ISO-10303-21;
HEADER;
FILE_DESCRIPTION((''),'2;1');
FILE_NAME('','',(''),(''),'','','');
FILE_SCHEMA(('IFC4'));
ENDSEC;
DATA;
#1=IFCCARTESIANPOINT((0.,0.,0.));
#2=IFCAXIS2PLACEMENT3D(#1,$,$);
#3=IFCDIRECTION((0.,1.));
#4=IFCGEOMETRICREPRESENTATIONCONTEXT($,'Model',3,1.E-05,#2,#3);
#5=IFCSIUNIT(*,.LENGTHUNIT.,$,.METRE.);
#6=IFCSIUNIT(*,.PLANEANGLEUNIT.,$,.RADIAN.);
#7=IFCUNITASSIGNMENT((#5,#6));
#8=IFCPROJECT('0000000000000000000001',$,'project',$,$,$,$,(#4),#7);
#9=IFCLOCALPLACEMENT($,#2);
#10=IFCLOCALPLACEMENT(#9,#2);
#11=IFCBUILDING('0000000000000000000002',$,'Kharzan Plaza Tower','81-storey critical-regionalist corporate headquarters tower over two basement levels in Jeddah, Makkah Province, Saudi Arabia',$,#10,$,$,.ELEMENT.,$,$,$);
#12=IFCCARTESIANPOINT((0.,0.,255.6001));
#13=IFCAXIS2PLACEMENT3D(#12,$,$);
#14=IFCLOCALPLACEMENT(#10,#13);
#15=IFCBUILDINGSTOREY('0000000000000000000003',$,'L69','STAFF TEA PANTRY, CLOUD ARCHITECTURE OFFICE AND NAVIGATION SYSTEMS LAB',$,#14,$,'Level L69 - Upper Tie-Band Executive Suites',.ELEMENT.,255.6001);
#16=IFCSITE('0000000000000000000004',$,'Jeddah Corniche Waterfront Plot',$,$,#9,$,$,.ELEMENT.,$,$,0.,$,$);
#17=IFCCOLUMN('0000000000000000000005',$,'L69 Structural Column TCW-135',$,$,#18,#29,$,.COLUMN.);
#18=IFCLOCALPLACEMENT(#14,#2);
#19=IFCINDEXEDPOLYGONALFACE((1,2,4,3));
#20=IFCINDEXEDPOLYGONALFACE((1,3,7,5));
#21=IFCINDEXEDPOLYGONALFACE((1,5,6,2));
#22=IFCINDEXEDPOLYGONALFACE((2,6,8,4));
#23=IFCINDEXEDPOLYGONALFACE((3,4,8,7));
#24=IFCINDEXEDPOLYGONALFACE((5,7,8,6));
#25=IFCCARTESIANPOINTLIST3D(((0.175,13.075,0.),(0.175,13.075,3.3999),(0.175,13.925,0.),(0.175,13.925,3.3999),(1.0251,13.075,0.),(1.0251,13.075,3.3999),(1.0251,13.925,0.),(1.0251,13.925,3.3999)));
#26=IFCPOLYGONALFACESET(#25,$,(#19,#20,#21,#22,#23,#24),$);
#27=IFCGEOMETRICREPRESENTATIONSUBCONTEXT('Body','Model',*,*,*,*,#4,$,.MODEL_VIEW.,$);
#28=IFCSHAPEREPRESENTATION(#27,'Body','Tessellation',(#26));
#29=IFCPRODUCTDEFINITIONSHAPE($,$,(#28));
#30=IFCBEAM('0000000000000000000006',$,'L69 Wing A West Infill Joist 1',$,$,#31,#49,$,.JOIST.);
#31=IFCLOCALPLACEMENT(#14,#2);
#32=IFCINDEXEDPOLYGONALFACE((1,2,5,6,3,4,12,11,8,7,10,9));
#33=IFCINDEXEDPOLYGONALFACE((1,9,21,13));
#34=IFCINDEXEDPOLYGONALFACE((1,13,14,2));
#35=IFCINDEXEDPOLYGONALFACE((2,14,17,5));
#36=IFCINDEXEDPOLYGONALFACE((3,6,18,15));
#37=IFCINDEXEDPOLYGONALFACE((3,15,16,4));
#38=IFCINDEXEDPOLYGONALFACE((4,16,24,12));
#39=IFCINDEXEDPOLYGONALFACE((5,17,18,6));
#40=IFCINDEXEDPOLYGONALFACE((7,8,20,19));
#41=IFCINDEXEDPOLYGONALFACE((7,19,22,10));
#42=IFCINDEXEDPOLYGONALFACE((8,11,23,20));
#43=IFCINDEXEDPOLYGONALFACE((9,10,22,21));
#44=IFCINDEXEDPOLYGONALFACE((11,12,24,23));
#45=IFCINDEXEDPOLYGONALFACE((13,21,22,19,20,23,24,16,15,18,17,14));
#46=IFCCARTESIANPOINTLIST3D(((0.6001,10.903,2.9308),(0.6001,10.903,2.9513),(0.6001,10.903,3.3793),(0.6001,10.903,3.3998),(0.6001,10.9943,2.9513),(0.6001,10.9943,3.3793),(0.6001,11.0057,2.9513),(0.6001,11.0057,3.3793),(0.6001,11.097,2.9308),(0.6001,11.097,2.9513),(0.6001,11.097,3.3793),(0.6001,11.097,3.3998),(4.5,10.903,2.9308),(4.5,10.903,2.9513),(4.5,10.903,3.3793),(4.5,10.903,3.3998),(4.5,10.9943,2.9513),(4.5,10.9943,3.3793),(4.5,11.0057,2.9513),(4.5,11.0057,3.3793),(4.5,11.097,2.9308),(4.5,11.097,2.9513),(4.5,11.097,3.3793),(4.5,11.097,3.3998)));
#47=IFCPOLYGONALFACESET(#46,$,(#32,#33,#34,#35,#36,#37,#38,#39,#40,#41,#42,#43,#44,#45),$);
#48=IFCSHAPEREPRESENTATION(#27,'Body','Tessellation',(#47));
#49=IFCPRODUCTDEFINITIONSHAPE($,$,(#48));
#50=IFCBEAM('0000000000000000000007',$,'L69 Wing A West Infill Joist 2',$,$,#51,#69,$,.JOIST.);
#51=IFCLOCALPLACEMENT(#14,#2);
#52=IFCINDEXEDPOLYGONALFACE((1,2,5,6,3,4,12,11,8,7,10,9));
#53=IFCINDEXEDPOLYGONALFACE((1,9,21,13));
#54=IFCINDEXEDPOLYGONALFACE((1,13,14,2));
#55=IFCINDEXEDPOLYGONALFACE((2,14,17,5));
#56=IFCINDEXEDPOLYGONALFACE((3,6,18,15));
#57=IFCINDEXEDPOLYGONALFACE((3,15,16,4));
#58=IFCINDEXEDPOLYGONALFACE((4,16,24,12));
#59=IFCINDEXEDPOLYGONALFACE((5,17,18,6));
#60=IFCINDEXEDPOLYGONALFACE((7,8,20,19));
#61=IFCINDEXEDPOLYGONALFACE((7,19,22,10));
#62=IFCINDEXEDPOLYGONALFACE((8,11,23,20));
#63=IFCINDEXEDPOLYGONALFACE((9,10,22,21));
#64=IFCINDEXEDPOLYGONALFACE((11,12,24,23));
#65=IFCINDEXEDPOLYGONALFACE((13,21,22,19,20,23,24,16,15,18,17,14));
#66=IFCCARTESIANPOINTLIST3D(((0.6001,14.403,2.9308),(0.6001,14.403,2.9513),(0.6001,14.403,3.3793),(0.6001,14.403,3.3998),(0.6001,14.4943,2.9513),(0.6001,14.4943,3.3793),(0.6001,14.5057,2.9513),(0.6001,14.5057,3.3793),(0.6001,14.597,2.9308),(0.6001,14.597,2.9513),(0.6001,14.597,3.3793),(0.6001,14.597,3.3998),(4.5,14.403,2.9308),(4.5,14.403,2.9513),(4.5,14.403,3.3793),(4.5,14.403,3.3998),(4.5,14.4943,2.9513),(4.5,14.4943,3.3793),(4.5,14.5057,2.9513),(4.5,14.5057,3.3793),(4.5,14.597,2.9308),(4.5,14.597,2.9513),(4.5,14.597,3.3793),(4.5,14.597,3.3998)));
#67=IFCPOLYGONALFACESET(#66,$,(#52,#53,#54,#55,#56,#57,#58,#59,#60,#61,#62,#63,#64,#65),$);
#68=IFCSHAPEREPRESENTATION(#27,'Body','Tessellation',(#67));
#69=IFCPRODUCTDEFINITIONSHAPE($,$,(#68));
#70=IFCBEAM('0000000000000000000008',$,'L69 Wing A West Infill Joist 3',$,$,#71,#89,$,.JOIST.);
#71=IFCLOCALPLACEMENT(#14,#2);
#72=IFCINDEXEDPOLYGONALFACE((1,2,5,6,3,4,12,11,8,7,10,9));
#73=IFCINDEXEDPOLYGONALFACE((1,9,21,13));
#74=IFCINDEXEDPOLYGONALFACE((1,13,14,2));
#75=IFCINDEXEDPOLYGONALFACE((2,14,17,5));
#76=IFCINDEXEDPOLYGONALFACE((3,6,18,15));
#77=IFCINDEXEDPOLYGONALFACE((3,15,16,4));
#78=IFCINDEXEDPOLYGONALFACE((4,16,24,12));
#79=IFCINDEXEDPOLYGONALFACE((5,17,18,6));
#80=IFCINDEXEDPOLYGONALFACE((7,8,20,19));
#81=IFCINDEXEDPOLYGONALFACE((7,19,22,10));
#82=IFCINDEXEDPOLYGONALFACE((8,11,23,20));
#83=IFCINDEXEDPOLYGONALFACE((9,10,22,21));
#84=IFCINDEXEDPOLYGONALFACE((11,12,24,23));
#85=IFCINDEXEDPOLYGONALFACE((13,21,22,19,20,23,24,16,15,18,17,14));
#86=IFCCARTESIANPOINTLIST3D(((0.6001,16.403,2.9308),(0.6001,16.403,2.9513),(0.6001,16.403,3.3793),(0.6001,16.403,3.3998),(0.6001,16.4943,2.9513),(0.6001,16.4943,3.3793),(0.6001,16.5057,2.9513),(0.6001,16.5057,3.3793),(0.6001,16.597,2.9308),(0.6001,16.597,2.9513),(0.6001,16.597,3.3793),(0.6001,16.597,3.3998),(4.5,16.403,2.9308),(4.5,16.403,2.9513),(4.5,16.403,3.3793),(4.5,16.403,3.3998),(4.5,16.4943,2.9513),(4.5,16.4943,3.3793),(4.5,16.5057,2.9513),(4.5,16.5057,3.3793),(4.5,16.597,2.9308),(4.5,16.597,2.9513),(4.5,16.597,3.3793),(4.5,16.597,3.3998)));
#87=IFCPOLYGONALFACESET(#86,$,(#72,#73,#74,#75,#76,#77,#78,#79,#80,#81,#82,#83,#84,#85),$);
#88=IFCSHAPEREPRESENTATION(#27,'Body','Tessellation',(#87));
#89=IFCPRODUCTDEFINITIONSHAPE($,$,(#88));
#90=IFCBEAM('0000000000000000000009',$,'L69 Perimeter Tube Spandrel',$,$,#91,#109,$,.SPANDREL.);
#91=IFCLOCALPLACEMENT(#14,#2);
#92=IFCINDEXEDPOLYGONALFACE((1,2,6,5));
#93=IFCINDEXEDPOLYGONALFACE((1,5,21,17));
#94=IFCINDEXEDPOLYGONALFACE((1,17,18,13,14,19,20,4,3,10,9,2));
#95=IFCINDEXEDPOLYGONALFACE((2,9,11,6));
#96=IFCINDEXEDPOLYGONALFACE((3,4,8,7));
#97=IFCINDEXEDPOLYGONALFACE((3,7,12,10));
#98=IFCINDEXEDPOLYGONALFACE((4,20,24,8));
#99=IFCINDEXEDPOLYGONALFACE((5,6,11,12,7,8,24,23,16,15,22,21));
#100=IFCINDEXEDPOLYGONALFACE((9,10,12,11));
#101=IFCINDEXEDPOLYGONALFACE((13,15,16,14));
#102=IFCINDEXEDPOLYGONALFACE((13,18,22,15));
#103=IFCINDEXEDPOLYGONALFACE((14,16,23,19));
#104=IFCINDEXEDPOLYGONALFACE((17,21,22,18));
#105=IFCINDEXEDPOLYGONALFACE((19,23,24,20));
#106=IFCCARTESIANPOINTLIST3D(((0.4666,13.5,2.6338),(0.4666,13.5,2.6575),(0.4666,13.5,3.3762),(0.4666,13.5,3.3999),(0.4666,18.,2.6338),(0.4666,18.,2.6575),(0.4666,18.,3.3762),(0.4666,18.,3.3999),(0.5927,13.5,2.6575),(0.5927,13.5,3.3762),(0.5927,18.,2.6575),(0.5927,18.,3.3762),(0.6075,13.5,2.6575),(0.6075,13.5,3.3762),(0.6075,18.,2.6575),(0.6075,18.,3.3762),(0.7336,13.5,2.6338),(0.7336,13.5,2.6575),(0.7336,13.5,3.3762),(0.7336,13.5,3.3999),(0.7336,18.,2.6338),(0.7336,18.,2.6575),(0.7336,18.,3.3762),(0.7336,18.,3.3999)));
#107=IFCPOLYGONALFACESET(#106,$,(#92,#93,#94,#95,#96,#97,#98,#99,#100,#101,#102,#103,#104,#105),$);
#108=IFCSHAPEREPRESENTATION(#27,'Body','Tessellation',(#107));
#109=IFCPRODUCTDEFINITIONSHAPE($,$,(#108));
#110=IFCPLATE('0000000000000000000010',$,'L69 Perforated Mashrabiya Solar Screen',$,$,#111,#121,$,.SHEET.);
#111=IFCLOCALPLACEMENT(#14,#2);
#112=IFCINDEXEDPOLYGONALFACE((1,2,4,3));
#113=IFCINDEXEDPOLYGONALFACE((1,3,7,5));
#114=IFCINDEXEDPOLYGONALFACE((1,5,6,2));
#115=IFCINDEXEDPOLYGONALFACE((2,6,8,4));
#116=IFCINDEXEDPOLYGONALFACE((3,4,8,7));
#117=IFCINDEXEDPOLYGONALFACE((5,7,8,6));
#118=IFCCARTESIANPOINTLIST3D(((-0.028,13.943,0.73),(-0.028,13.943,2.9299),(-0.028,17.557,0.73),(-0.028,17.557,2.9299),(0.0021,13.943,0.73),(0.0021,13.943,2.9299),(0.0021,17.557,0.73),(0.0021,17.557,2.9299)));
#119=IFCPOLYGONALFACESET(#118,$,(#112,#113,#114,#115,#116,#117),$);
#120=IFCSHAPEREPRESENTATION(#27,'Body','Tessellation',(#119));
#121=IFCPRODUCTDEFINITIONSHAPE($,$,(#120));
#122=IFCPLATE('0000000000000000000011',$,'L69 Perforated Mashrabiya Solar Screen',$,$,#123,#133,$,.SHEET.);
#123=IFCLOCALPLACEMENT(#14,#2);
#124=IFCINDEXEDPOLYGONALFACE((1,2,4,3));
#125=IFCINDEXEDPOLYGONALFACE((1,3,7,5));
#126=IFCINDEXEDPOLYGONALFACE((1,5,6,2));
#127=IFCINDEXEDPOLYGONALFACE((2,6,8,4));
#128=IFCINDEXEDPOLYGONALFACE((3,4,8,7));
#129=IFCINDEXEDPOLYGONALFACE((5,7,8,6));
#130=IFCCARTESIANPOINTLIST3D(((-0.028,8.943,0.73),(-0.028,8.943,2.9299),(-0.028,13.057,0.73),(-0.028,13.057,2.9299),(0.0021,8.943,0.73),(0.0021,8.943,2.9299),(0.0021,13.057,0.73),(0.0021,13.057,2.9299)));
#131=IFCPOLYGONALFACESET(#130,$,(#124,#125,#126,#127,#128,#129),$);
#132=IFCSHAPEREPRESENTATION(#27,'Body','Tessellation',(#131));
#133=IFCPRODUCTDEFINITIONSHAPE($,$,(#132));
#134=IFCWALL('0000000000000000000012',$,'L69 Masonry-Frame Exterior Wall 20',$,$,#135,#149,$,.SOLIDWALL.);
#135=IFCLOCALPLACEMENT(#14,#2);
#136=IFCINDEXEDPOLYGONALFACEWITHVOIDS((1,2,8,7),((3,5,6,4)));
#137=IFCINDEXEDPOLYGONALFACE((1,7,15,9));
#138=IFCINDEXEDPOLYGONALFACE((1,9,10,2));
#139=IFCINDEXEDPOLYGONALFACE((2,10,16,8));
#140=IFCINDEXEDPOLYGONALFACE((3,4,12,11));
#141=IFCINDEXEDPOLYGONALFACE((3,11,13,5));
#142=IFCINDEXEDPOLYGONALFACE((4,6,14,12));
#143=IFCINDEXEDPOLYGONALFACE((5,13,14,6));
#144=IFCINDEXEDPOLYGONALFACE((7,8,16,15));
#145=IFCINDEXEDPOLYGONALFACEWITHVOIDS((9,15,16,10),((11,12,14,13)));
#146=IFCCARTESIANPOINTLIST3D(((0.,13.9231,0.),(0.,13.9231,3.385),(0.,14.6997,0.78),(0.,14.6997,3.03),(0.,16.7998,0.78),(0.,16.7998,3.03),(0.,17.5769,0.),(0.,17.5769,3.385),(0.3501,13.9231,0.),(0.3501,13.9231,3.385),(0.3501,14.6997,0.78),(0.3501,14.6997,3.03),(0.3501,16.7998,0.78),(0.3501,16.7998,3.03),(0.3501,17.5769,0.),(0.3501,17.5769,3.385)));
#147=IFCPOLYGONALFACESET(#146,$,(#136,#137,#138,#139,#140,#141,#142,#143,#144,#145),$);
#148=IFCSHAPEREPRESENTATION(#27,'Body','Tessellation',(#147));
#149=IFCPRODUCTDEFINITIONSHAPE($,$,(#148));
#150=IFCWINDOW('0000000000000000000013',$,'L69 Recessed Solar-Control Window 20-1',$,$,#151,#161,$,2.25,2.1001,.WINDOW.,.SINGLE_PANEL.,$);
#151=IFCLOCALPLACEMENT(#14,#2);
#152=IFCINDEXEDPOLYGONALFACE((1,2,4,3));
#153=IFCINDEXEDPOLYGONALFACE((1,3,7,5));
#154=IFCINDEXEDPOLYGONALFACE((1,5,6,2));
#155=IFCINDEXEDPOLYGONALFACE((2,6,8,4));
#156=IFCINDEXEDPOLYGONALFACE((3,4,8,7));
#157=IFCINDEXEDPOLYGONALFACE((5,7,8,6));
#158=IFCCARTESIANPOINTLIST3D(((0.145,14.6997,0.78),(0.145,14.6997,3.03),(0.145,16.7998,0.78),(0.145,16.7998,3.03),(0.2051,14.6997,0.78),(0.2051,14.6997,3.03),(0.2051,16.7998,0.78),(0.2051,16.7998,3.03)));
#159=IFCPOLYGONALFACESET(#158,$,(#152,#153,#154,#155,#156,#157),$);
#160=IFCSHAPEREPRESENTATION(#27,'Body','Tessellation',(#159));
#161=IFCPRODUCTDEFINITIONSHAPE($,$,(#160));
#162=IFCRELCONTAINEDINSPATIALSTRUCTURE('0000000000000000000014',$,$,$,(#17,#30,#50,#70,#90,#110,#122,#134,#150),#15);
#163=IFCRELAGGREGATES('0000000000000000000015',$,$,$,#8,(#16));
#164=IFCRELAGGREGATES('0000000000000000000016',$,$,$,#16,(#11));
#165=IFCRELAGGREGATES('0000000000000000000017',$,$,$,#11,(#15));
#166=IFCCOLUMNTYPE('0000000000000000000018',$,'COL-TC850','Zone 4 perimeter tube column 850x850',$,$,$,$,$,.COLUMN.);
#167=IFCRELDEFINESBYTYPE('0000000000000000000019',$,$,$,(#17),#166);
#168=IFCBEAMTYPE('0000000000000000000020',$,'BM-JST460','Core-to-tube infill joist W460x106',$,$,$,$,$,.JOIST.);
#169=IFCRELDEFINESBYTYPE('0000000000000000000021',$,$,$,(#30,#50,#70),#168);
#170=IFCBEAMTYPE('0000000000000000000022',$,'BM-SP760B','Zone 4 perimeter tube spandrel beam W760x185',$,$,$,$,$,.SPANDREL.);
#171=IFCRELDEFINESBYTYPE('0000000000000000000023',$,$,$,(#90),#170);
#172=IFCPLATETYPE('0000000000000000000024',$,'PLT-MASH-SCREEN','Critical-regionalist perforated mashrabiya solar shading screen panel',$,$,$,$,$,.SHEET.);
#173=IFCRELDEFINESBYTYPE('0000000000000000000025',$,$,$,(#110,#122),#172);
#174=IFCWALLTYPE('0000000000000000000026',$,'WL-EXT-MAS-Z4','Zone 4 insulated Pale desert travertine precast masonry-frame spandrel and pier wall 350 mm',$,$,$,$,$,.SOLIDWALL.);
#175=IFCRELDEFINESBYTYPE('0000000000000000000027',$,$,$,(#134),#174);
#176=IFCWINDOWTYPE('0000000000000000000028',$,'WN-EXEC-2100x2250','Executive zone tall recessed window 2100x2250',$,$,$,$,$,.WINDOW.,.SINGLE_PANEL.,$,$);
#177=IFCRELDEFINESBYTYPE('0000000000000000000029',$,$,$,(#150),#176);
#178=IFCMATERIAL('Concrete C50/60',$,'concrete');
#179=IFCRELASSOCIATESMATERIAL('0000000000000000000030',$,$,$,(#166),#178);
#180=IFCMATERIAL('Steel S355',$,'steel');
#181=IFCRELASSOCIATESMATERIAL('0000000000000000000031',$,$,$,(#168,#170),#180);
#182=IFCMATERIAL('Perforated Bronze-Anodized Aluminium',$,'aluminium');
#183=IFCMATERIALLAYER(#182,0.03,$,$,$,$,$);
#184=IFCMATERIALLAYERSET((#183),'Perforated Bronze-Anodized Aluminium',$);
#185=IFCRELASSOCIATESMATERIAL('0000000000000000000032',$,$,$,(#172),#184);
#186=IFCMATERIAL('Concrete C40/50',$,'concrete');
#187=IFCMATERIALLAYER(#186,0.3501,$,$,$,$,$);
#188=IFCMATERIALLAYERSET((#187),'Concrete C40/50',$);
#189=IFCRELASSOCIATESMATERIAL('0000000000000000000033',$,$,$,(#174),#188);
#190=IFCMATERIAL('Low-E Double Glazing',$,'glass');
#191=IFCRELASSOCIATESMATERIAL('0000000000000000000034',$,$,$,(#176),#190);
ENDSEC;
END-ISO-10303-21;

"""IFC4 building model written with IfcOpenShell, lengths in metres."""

from ifc_helpers import new_model, si_unit, direction, frame, frame_2d, origin, origin_2d, place, context, subcontext, project, spatial, rectangle, i_section, extrude, source, transform, mapped, material, layer, layer_set, material_profile, profile_set, type_object, element, fill, save


model = new_model("IFC4")

# Units and contexts
model_context = context("Model", 3, precision=1e-05, world=origin(), true_north=direction((0.0, 1.0)))
body_context = subcontext(model_context, "Body", "Model", "MODEL_VIEW")
ifc_project = project(units=[si_unit("LENGTHUNIT", "METRE"), si_unit("PLANEANGLEUNIT", "RADIAN")], contexts=[model_context])

# Site, building, storey
site_placement = place(None, origin())
site = spatial("IfcSite", under=ifc_project, at=site_placement, Name="Jeddah Corniche Waterfront Plot", CompositionType="ELEMENT", RefElevation=0.0)
building_placement = place(site_placement, origin())
building = spatial("IfcBuilding", under=site, at=building_placement, Name="Kharzan Plaza Tower", Description="81-storey critical-regionalist corporate headquarters tower over two basement levels in Jeddah, Makkah Province, Saudi Arabia", CompositionType="ELEMENT")
storey_placement = place(building_placement, frame((0.0, 0.0, 255.6001)))
storey = spatial("IfcBuildingStorey", under=building, at=storey_placement, Name="L69", Description="STAFF TEA PANTRY, CLOUD ARCHITECTURE OFFICE AND NAVIGATION SYSTEMS LAB", LongName="Level L69 - Upper Tie-Band Executive Suites", CompositionType="ELEMENT", Elevation=255.6001)

# Column
ifc_material_1 = material(Name="Concrete C50/60", Category="concrete")
ifc_material_profile_1 = material_profile(ifc_material_1, rectangle(XDim=0.8501, YDim=0.8501, at=origin_2d()), Name="RC-TC850x850")
ifc_profile_set_1 = profile_set([ifc_material_profile_1], Name="Concrete C50/60")
column_type = type_object("IfcColumnType", Name="COL-TC850", Description="Zone 4 perimeter tube column 850x850", PredefinedType="COLUMN", material=ifc_profile_set_1)
shared_shape_1 = source(origin(), body_context, "Body", "SweptSolid", [
    extrude(rectangle(XDim=0.8501, YDim=0.8501, at=origin_2d()), origin(), (0.0, 0.0, 1.0), 3.3999),
])
column_placement = place(storey_placement, frame((0.6001, 13.5, 0.0), z_axis=(0.0, 0.0, 1.0), x_axis=(1.0, 0.0, 0.0)))
element("IfcColumn", 1, at=column_placement, inside=storey, type_object=column_type, Name="L69 Structural Column TCW-135", PredefinedType="COLUMN", context=body_context, shape_type="MappedRepresentation", body=[
    mapped(shared_shape_1, transform((0.0, 0.0, 0.0), x_axis=(1.0, 0.0, 0.0), y_axis=(0.0, 1.0, 0.0), z_axis=(0.0, 0.0, 1.0))),
])

# Beams
ifc_material_2 = material(Name="Steel S355", Category="steel")
ifc_material_profile_2 = material_profile(ifc_material_2, i_section(OverallWidth=0.1941, OverallDepth=0.469, WebThickness=0.0115, FlangeThickness=0.0205, at=origin_2d()), Name="W460x106")
ifc_profile_set_2 = profile_set([ifc_material_profile_2], Name="Steel S355")
beam_type_1 = type_object("IfcBeamType", Name="BM-JST460", Description="Core-to-tube infill joist W460x106", PredefinedType="JOIST", material=ifc_profile_set_2)
shared_shape_2 = source(origin(), body_context, "Body", "SweptSolid", [
    extrude(i_section(OverallWidth=0.1941, OverallDepth=0.469, WebThickness=0.0115, FlangeThickness=0.0205, at=origin_2d()), origin(), (0.0, 0.0, 1.0), 3.8999),
])
for number, where, z_axis, x_axis, name in (
    (2, (0.6001, 11.0, 3.1653), (1.0, 0.0, 0.0), (0.0, 1.0, 0.0), "L69 Wing A West Infill Joist 1"),
    (3, (0.6001, 14.5, 3.1653), (1.0, 0.0, 0.0), (0.0, 1.0, 0.0), "L69 Wing A West Infill Joist 2"),
    (4, (0.6001, 16.5, 3.1653), (1.0, 0.0, 0.0), (0.0, 1.0, 0.0), "L69 Wing A West Infill Joist 3"),
):
    element("IfcBeam", number, at=place(storey_placement, frame(where, z_axis=z_axis, x_axis=x_axis)), inside=storey, type_object=beam_type_1, Name=name, PredefinedType="JOIST", context=body_context, shape_type="MappedRepresentation", body=[
        mapped(shared_shape_2, transform((0.0, 0.0, 0.0), x_axis=(1.0, 0.0, 0.0), y_axis=(0.0, 1.0, 0.0), z_axis=(0.0, 0.0, 1.0))),
    ])
ifc_material_profile_3 = material_profile(ifc_material_2, i_section(OverallWidth=0.2671, OverallDepth=0.7661, WebThickness=0.0149, FlangeThickness=0.0237, at=origin_2d()), Name="W760x185")
ifc_profile_set_3 = profile_set([ifc_material_profile_3], Name="Steel S355")
beam_type_2 = type_object("IfcBeamType", Name="BM-SP760B", Description="Zone 4 perimeter tube spandrel beam W760x185", PredefinedType="SPANDREL", material=ifc_profile_set_3)
shared_shape_3 = source(origin(), body_context, "Body", "SweptSolid", [
    extrude(i_section(OverallWidth=0.2671, OverallDepth=0.7661, WebThickness=0.0149, FlangeThickness=0.0237, at=origin_2d()), origin(), (0.0, 0.0, 1.0), 4.5),
])
beam_placement = place(storey_placement, frame((0.6001, 13.5, 3.0168), z_axis=(0.0, 1.0, 0.0), x_axis=(-1.0, 0.0, 0.0)))
element("IfcBeam", 5, at=beam_placement, inside=storey, type_object=beam_type_2, Name="L69 Perimeter Tube Spandrel", PredefinedType="SPANDREL", context=body_context, shape_type="MappedRepresentation", body=[
    mapped(shared_shape_3, transform((0.0, 0.0, 0.0), x_axis=(1.0, 0.0, 0.0), y_axis=(0.0, 1.0, 0.0), z_axis=(0.0, 0.0, 1.0))),
])

# Plates
ifc_material_3 = material(Name="Perforated Bronze-Anodized Aluminium", Category="aluminium")
ifc_layer_1 = layer(ifc_material_3, 0.03)
ifc_layer_set_1 = layer_set([ifc_layer_1], Name="Perforated Bronze-Anodized Aluminium")
plate_type = type_object("IfcPlateType", Name="PLT-MASH-SCREEN", Description="Critical-regionalist perforated mashrabiya solar shading screen panel", PredefinedType="SHEET", material=ifc_layer_set_1)
shared_shape_4 = source(origin(), body_context, "Body", "SweptSolid", [
    extrude(rectangle(XDim=3.614, YDim=0.03, at=origin_2d()), origin(), (0.0, 0.0, 1.0), 2.2),
])
plate_1_placement = place(storey_placement, frame((-0.0129, 15.75, 0.73), z_axis=(0.0, 0.0, 1.0), x_axis=(0.0, -1.0, 0.0)))
element("IfcPlate", 6, at=plate_1_placement, inside=storey, type_object=plate_type, Name="L69 Perforated Mashrabiya Solar Screen", PredefinedType="SHEET", context=body_context, shape_type="MappedRepresentation", body=[
    mapped(shared_shape_4, transform((0.0, 0.0, 0.0), x_axis=(1.0, 0.0, 0.0), y_axis=(0.0, 1.0, 0.0), z_axis=(0.0, 0.0, 1.0))),
])
shared_shape_5 = source(origin(), body_context, "Body", "SweptSolid", [
    extrude(rectangle(XDim=4.114, YDim=0.03, at=origin_2d()), origin(), (0.0, 0.0, 1.0), 2.2),
])
plate_2_placement = place(storey_placement, frame((-0.0129, 11.0, 0.73), z_axis=(0.0, 0.0, 1.0), x_axis=(0.0, -1.0, 0.0)))
element("IfcPlate", 7, at=plate_2_placement, inside=storey, type_object=plate_type, Name="L69 Perforated Mashrabiya Solar Screen", PredefinedType="SHEET", context=body_context, shape_type="MappedRepresentation", body=[
    mapped(shared_shape_5, transform((0.0, 0.0, 0.0), x_axis=(1.0, 0.0, 0.0), y_axis=(0.0, 1.0, 0.0), z_axis=(0.0, 0.0, 1.0))),
])

# Wall, opening, window
ifc_material_4 = material(Name="Concrete C40/50", Category="concrete")
ifc_layer_2 = layer(ifc_material_4, 0.3501)
ifc_layer_set_2 = layer_set([ifc_layer_2], Name="Concrete C40/50")
wall_type_1 = type_object("IfcWallType", Name="WL-EXT-MAS-Z4", Description="Zone 4 insulated Pale desert travertine precast masonry-frame spandrel and pier wall 350 mm", PredefinedType="SOLIDWALL", material=ifc_layer_set_2)
wall_1_placement = place(storey_placement, frame((0.175, 17.5769, 0.0), z_axis=(0.0, 0.0, 1.0), x_axis=(0.0, -1.0, 0.0)))
wall_1 = element("IfcWall", 8, at=wall_1_placement, inside=storey, type_object=wall_type_1, Name="L69 Masonry-Frame Exterior Wall 20", PredefinedType="SOLIDWALL", context=body_context, shape_type="SweptSolid", body=[
    extrude(rectangle(XDim=3.6538, YDim=0.3501, at=frame_2d((1.8269, 0.0))), origin(), (0.0, 0.0, 1.0), 3.385),
])
opening_1_placement = place(wall_1_placement, frame((0.7771, 0.0, 0.78)))
opening_1 = element("IfcOpeningElement", 9, at=opening_1_placement, cuts=wall_1, PredefinedType="OPENING", context=body_context, shape_type="SweptSolid", body=[
    extrude(rectangle(XDim=2.1001, YDim=2.25, at=frame_2d((1.05, 1.125))), frame((0.0, 0.1851, 0.0), z_axis=(0.0, -1.0, 0.0), x_axis=(1.0, 0.0, 0.0)), (0.0, 0.0, 1.0), 0.3701),
])
ifc_material_5 = material(Name="Low-E Double Glazing", Category="glass")
window_type = type_object("IfcWindowType", Name="WN-EXEC-2100x2250", Description="Executive zone tall recessed window 2100x2250", PartitioningType="SINGLE_PANEL", PredefinedType="WINDOW", material=ifc_material_5)
shared_shape_6 = source(origin(), body_context, "Body", "SweptSolid", [
    extrude(rectangle(XDim=2.1001, YDim=2.25, at=frame_2d((1.05, 1.125))), frame((0.0, 0.03, 0.0), z_axis=(0.0, -1.0, 0.0), x_axis=(1.0, 0.0, 0.0)), (0.0, 0.0, 1.0), 0.0601),
])
window_1_placement = place(opening_1_placement, origin())
window_1 = element("IfcWindow", 10, at=window_1_placement, inside=storey, type_object=window_type, Name="L69 Recessed Solar-Control Window 20-1", OverallHeight=2.25, OverallWidth=2.1001, PartitioningType="SINGLE_PANEL", PredefinedType="WINDOW", context=body_context, shape_type="MappedRepresentation", body=[
    mapped(shared_shape_6, transform((0.0, 0.0, 0.0), x_axis=(1.0, 0.0, 0.0), y_axis=(0.0, 1.0, 0.0), z_axis=(0.0, 0.0, 1.0))),
])
fill(opening_1, window_1)

save(model, "model.ifc")
